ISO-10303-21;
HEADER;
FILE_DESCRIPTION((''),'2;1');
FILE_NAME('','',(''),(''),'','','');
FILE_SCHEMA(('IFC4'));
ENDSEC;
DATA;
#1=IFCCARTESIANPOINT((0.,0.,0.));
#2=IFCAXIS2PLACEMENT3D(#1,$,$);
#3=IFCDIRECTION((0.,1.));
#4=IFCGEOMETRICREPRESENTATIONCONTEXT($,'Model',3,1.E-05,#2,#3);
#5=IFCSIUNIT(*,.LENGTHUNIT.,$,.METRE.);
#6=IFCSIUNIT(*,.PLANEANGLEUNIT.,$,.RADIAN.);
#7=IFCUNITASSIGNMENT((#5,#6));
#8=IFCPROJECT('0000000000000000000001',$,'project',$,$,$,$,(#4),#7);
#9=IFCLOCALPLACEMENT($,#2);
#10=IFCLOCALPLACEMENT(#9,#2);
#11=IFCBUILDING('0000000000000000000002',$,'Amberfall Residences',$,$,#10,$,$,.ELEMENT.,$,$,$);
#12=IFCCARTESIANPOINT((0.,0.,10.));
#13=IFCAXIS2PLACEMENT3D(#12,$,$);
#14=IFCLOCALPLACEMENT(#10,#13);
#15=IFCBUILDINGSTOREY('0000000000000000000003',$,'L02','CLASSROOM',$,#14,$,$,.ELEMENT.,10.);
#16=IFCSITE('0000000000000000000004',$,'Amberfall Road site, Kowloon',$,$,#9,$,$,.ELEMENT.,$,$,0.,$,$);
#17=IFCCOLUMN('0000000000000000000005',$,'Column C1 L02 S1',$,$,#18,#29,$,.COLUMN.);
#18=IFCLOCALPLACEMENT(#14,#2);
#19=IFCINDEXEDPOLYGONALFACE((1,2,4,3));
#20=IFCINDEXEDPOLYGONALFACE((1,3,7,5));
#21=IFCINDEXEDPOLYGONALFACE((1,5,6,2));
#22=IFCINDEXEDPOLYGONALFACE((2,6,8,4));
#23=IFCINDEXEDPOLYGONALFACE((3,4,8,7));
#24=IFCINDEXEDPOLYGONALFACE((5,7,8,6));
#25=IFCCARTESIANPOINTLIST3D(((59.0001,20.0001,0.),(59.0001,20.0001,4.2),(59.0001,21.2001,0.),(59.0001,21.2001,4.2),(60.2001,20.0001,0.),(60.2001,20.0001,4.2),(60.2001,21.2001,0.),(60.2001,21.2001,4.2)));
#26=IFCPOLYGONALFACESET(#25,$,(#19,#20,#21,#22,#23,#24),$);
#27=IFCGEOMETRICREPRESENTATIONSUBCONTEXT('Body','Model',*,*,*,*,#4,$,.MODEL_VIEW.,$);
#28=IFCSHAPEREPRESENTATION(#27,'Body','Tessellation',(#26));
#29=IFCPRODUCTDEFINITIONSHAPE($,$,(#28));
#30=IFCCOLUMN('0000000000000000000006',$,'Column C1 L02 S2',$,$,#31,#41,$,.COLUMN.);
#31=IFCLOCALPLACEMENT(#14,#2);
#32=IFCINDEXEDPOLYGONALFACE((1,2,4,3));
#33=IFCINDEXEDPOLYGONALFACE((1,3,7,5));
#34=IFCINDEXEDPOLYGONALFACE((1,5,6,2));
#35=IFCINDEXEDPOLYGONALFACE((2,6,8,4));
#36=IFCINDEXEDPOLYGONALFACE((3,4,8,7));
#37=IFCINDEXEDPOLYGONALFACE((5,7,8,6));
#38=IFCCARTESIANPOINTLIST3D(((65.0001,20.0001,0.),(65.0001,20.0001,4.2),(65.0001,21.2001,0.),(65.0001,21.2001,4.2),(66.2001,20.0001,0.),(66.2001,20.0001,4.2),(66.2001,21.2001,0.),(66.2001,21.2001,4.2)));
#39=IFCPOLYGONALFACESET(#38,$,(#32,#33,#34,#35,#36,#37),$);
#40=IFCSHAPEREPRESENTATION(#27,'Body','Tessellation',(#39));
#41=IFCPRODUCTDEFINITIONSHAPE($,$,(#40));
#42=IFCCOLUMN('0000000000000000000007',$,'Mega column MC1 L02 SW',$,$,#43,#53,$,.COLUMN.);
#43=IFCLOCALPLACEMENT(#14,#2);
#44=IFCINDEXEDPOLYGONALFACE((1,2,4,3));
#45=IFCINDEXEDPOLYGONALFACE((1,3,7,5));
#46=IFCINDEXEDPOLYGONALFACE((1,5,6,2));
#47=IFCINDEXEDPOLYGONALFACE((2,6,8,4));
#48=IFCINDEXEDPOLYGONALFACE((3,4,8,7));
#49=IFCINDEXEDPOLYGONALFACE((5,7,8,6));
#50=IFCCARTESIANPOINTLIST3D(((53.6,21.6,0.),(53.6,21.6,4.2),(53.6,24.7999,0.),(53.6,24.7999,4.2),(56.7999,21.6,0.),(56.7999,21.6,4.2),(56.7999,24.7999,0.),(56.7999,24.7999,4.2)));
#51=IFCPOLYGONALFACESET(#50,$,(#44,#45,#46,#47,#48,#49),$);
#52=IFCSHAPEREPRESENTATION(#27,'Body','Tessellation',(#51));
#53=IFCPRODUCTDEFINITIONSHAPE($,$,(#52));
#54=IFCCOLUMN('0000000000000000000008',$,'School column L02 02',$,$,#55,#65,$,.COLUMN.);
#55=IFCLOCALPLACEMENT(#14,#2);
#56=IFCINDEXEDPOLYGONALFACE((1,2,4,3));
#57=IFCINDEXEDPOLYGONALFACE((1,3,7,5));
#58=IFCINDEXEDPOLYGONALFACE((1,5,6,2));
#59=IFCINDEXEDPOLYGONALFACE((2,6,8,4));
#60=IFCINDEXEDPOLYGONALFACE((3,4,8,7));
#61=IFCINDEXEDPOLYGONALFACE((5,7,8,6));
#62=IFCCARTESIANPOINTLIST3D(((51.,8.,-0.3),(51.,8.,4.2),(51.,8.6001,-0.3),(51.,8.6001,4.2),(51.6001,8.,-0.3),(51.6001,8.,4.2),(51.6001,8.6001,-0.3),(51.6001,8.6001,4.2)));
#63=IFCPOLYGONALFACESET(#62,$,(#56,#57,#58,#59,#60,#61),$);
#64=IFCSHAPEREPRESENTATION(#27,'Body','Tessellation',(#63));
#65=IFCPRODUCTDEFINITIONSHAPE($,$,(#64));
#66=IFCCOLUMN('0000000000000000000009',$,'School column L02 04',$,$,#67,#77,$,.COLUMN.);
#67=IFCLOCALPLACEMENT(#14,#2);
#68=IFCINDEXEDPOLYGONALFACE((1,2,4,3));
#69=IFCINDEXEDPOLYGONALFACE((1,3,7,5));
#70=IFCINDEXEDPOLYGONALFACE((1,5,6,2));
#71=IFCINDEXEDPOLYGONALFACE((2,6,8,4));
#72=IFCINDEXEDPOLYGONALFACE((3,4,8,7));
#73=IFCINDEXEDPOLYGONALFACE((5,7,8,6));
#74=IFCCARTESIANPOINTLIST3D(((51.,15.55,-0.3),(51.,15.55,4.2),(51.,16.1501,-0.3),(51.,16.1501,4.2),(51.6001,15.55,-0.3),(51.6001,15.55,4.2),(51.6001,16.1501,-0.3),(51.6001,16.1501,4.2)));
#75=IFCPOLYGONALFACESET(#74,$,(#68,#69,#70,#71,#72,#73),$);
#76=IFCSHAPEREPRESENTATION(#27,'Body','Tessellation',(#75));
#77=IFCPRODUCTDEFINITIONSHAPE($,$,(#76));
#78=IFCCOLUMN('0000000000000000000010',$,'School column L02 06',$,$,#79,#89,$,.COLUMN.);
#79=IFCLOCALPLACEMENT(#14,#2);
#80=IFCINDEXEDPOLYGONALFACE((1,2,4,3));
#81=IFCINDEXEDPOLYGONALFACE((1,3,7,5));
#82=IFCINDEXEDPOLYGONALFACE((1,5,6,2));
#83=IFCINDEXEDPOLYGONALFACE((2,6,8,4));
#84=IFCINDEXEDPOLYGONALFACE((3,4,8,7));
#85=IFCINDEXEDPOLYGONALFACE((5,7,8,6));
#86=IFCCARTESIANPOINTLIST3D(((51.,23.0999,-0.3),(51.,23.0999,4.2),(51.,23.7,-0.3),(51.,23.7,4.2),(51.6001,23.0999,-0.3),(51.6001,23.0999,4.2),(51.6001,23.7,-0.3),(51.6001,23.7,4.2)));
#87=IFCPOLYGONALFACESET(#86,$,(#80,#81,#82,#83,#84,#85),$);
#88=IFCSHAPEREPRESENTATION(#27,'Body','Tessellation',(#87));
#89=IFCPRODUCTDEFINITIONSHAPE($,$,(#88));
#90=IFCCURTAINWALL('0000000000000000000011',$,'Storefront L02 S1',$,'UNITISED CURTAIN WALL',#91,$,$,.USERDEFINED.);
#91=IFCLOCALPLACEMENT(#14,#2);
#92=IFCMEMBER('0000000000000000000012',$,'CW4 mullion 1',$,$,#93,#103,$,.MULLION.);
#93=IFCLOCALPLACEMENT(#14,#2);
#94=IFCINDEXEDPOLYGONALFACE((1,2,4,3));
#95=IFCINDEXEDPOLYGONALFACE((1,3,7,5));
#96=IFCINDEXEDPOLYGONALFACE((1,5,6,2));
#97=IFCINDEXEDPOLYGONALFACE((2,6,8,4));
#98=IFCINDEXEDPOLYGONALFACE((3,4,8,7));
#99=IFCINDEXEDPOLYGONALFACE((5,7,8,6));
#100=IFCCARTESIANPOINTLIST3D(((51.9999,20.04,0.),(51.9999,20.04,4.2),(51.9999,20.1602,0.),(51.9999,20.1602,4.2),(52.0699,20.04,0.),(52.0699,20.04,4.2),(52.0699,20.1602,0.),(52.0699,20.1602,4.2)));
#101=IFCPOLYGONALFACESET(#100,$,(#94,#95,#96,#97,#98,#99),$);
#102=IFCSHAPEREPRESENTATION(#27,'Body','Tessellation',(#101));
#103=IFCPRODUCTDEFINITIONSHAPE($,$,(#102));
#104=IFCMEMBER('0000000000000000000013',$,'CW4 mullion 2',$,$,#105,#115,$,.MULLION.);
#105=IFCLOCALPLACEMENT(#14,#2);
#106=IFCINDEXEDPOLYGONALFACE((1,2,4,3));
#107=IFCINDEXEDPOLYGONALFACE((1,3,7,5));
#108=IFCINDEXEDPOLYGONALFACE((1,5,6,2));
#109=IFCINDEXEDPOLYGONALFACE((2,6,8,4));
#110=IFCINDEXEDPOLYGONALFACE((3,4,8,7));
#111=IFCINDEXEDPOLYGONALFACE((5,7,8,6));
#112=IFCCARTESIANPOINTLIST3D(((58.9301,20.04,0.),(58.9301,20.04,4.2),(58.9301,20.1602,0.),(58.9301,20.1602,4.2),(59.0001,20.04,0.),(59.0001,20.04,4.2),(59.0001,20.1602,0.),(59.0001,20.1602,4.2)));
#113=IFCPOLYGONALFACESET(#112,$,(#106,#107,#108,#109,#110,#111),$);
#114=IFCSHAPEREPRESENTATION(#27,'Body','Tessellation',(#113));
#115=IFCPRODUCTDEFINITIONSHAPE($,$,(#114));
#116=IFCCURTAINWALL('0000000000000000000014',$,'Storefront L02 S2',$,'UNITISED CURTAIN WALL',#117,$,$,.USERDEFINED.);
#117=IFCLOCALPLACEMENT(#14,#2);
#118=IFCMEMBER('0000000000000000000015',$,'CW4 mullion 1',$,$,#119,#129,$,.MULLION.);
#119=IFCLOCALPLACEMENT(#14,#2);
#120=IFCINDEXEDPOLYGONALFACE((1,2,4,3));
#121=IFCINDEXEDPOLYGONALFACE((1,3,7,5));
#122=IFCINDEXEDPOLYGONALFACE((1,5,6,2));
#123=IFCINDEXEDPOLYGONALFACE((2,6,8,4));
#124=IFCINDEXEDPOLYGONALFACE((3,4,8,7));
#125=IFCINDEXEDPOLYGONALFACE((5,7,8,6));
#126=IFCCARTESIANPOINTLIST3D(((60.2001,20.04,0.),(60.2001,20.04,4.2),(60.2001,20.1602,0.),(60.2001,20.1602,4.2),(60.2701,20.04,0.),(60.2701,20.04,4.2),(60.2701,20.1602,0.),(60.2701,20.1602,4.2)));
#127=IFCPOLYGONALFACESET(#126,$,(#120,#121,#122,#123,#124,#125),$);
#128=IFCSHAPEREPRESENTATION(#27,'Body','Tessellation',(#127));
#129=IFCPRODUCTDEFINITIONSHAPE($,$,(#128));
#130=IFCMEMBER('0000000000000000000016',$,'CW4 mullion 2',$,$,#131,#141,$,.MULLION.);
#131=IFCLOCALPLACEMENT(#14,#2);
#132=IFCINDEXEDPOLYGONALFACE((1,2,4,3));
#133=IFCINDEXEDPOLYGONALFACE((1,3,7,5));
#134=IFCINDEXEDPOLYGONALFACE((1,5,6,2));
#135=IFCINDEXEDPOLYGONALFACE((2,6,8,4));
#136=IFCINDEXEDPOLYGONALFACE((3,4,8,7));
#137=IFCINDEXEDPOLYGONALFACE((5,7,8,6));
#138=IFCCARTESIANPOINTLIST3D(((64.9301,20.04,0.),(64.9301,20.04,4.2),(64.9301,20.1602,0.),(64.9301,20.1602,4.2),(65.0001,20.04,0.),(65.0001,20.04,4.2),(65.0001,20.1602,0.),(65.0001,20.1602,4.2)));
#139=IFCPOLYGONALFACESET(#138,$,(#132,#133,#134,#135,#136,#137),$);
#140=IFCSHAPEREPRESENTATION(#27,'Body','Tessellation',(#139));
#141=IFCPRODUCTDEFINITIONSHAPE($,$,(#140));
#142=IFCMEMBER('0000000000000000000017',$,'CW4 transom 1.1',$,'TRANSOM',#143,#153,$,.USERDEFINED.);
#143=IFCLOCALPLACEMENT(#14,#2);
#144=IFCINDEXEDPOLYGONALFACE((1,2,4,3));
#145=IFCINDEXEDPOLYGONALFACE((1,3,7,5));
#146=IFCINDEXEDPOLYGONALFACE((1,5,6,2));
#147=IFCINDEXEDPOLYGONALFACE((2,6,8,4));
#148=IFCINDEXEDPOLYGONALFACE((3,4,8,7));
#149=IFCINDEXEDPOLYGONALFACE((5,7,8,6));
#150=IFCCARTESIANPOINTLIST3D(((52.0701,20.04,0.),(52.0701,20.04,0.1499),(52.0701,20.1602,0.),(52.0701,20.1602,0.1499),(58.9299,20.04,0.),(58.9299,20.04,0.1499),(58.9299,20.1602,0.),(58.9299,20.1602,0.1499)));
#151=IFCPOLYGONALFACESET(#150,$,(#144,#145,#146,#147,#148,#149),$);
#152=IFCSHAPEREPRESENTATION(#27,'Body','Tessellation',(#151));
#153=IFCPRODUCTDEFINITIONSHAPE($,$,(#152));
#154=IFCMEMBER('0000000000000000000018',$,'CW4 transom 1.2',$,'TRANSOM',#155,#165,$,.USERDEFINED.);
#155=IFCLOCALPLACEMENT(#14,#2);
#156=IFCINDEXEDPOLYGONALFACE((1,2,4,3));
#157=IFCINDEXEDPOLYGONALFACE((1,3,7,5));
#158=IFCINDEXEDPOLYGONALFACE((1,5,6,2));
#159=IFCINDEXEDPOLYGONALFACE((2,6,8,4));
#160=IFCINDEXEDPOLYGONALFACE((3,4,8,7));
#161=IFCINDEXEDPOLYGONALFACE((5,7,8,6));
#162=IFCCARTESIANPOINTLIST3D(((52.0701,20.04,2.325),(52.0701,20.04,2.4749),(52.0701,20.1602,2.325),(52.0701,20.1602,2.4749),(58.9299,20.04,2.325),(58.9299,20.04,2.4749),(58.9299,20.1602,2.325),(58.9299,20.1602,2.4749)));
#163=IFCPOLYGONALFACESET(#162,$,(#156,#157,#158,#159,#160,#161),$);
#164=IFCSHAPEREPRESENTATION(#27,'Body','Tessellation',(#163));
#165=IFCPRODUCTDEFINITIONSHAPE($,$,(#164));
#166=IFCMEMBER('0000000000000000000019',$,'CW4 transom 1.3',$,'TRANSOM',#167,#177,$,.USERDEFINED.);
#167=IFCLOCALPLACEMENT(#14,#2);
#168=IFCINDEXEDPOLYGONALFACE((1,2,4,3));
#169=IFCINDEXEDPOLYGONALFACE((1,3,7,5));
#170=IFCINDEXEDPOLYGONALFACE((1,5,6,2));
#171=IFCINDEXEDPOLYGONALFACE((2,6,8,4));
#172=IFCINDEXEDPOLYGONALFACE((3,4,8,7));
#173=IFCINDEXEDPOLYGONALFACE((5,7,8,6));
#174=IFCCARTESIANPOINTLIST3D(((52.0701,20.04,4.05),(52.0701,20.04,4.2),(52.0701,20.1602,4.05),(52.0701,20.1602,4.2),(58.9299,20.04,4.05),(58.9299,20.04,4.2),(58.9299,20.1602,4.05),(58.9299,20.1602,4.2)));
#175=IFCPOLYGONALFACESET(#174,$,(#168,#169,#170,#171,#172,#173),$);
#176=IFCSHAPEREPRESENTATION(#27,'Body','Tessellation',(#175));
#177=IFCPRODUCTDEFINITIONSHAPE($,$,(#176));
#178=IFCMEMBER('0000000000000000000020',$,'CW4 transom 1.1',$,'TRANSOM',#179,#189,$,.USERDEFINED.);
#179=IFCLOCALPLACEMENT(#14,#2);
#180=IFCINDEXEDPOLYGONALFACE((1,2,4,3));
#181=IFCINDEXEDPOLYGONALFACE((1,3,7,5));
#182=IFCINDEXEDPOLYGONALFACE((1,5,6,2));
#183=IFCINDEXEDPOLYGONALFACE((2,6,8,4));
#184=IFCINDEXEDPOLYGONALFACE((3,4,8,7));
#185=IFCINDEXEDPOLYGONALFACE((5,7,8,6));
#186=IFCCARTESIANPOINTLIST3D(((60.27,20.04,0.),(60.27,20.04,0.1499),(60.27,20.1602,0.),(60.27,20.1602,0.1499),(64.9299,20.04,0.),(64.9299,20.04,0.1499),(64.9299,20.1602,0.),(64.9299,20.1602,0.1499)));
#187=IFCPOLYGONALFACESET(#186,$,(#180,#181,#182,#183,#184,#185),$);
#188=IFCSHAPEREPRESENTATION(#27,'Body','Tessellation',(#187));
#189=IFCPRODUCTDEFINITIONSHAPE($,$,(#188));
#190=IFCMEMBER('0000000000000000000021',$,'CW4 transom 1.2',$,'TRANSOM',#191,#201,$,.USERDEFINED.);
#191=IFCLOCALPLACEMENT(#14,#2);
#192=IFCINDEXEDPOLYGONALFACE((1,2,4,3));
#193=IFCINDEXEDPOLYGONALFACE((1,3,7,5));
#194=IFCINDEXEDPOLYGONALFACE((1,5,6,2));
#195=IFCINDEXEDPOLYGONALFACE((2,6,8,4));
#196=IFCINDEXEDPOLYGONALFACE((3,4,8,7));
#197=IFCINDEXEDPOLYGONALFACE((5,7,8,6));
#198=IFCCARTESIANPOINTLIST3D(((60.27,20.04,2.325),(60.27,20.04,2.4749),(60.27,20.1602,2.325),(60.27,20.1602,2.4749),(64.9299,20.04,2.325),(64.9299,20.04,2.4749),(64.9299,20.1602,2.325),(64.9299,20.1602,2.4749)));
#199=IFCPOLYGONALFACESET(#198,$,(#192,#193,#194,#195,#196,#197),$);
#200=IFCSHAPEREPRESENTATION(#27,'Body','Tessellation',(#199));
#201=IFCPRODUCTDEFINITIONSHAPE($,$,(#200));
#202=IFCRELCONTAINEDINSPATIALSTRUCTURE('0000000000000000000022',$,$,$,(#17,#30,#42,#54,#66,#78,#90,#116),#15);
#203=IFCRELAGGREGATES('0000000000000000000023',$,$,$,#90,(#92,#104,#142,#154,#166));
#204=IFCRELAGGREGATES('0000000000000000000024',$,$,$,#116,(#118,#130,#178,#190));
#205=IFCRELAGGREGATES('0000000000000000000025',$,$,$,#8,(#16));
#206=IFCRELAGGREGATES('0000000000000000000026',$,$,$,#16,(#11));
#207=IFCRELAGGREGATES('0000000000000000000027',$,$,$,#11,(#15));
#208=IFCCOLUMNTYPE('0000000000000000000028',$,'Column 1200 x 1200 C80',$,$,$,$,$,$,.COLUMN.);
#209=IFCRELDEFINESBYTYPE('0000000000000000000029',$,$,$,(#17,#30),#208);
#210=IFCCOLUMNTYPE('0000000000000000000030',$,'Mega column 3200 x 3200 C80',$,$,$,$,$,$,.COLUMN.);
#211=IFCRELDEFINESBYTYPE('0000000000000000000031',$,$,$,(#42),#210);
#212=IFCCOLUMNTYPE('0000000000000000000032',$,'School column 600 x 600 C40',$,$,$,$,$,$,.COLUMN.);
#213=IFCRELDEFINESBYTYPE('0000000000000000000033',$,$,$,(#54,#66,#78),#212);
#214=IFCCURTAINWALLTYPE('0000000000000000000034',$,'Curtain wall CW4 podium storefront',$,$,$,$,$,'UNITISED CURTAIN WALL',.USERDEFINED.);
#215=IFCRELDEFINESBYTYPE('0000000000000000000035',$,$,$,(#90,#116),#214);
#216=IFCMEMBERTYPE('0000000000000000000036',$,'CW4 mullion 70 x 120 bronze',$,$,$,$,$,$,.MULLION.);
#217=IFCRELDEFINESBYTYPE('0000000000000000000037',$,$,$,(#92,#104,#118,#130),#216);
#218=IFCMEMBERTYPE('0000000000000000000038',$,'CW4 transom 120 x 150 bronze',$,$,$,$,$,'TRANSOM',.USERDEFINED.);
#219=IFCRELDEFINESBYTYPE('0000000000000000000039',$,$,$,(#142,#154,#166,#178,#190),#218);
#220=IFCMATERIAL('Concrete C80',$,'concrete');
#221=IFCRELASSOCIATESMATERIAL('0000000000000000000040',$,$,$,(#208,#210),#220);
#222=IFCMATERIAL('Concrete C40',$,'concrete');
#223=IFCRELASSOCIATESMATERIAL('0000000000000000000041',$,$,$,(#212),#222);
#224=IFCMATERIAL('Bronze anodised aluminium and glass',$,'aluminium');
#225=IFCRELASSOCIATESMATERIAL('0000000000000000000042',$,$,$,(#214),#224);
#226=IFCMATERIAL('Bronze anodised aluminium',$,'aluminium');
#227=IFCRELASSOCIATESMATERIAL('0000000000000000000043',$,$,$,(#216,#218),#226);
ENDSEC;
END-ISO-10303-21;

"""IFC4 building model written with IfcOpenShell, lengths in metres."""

from ifc_helpers import new_model, si_unit, direction, frame, origin, origin_2d, place, context, subcontext, project, spatial, rectangle, extrude, material, material_profile, profile_set, type_object, element, aggregate, save


model = new_model("IFC4")

# Units and contexts
model_context = context("Model", 3, precision=1e-05, world=origin(), true_north=direction((0.0, 1.0)))
body_context = subcontext(model_context, "Body", "Model", "MODEL_VIEW")
ifc_project = project(units=[si_unit("LENGTHUNIT", "METRE"), si_unit("PLANEANGLEUNIT", "RADIAN")], contexts=[model_context])

# Site, building, storey
site_placement = place(None, origin())
site = spatial("IfcSite", under=ifc_project, at=site_placement, Name="Amberfall Road site, Kowloon", CompositionType="ELEMENT", RefElevation=0.0)
building_placement = place(site_placement, origin())
building = spatial("IfcBuilding", under=site, at=building_placement, Name="Amberfall Residences", CompositionType="ELEMENT")
storey_placement = place(building_placement, frame((0.0, 0.0, 10.0)))
storey = spatial("IfcBuildingStorey", under=building, at=storey_placement, Name="L02", Description="CLASSROOM", CompositionType="ELEMENT", Elevation=10.0)

# Columns
ifc_material_1 = material(Name="Concrete C80", Category="concrete")
ifc_material_profile_1 = material_profile(ifc_material_1, rectangle(XDim=1.2, YDim=1.2, at=origin_2d()), Name="Column 1200 x 1200 C80")
ifc_profile_set_1 = profile_set([ifc_material_profile_1], Name="Concrete C80")
column_type_1 = type_object("IfcColumnType", Name="Column 1200 x 1200 C80", PredefinedType="COLUMN", material=ifc_profile_set_1)
for number, where, z_axis, x_axis, name in (
    (1, (59.6001, 20.6001, 0.0), (0.0, 0.0, 1.0), (1.0, 0.0, 0.0), "Column C1 L02 S1"),
    (2, (65.6001, 20.6001, 0.0), (0.0, 0.0, 1.0), (1.0, 0.0, 0.0), "Column C1 L02 S2"),
):
    element("IfcColumn", number, at=place(storey_placement, frame(where, z_axis=z_axis, x_axis=x_axis)), inside=storey, type_object=column_type_1, Name=name, PredefinedType="COLUMN", context=body_context, shape_type="SweptSolid", body=[
        extrude(rectangle(XDim=1.2, YDim=1.2, at=origin_2d()), origin(), (0.0, 0.0, 1.0), 4.2),
    ])
ifc_material_profile_2 = material_profile(ifc_material_1, rectangle(XDim=3.2, YDim=3.2, at=origin_2d()), Name="Mega column 3200 x 3200 C80")
ifc_profile_set_2 = profile_set([ifc_material_profile_2], Name="Concrete C80")
column_type_2 = type_object("IfcColumnType", Name="Mega column 3200 x 3200 C80", PredefinedType="COLUMN", material=ifc_profile_set_2)
column_placement = place(storey_placement, frame((55.2, 23.2, 0.0), z_axis=(0.0, 0.0, 1.0), x_axis=(1.0, 0.0, 0.0)))
element("IfcColumn", 3, at=column_placement, inside=storey, type_object=column_type_2, Name="Mega column MC1 L02 SW", PredefinedType="COLUMN", context=body_context, shape_type="SweptSolid", body=[
    extrude(rectangle(XDim=3.2, YDim=3.2, at=origin_2d()), origin(), (0.0, 0.0, 1.0), 4.2),
])
ifc_material_2 = material(Name="Concrete C40", Category="concrete")
ifc_material_profile_3 = material_profile(ifc_material_2, rectangle(XDim=0.6001, YDim=0.6001, at=origin_2d()), Name="School column 600 x 600 C40")
ifc_profile_set_3 = profile_set([ifc_material_profile_3], Name="Concrete C40")
column_type_3 = type_object("IfcColumnType", Name="School column 600 x 600 C40", PredefinedType="COLUMN", material=ifc_profile_set_3)
for number, where, z_axis, x_axis, name in (
    (4, (51.3, 8.3, -0.3), (0.0, 0.0, 1.0), (1.0, 0.0, 0.0), "School column L02 02"),
    (5, (51.3, 15.8501, -0.3), (0.0, 0.0, 1.0), (1.0, 0.0, 0.0), "School column L02 04"),
    (6, (51.3, 23.3999, -0.3), (0.0, 0.0, 1.0), (1.0, 0.0, 0.0), "School column L02 06"),
):
    element("IfcColumn", number, at=place(storey_placement, frame(where, z_axis=z_axis, x_axis=x_axis)), inside=storey, type_object=column_type_3, Name=name, PredefinedType="COLUMN", context=body_context, shape_type="SweptSolid", body=[
        extrude(rectangle(XDim=0.6001, YDim=0.6001, at=origin_2d()), origin(), (0.0, 0.0, 1.0), 4.5),
    ])

# Curtain walls, members
ifc_material_3 = material(Name="Bronze anodised aluminium and glass", Category="aluminium")
curtain_wall_type = type_object("IfcCurtainWallType", Name="Curtain wall CW4 podium storefront", ElementType="UNITISED CURTAIN WALL", PredefinedType="USERDEFINED", material=ifc_material_3)
curtain_wall_1_placement = place(storey_placement, origin())
curtain_wall_1 = element("IfcCurtainWall", 7, at=curtain_wall_1_placement, inside=storey, type_object=curtain_wall_type, Name="Storefront L02 S1", ObjectType="UNITISED CURTAIN WALL", PredefinedType="USERDEFINED")
ifc_material_4 = material(Name="Bronze anodised aluminium", Category="aluminium")
ifc_material_profile_4 = material_profile(ifc_material_4, rectangle(XDim=0.1201, YDim=0.0701, at=origin_2d()), Name="CW4 mullion 70 x 120 bronze")
ifc_profile_set_4 = profile_set([ifc_material_profile_4], Name="Bronze anodised aluminium")
member_type_1 = type_object("IfcMemberType", Name="CW4 mullion 70 x 120 bronze", PredefinedType="MULLION", material=ifc_profile_set_4)
member_1_placement = place(storey_placement, frame((52.0349, 20.1001, 0.0), z_axis=(0.0, 0.0, 1.0), x_axis=(0.0, 1.0, 0.0)))
member_1 = element("IfcMember", 8, at=member_1_placement, type_object=member_type_1, Name="CW4 mullion 1", PredefinedType="MULLION", context=body_context, shape_type="SweptSolid", body=[
    extrude(rectangle(XDim=0.1201, YDim=0.0701, at=origin_2d()), origin(), (0.0, 0.0, 1.0), 4.2),
])
member_2_placement = place(storey_placement, frame((58.9651, 20.1001, 0.0), z_axis=(0.0, 0.0, 1.0), x_axis=(0.0, 1.0, 0.0)))
member_2 = element("IfcMember", 9, at=member_2_placement, type_object=member_type_1, Name="CW4 mullion 2", PredefinedType="MULLION", context=body_context, shape_type="SweptSolid", body=[
    extrude(rectangle(XDim=0.1201, YDim=0.0701, at=origin_2d()), origin(), (0.0, 0.0, 1.0), 4.2),
])
curtain_wall_2_placement = place(storey_placement, origin())
curtain_wall_2 = element("IfcCurtainWall", 10, at=curtain_wall_2_placement, inside=storey, type_object=curtain_wall_type, Name="Storefront L02 S2", ObjectType="UNITISED CURTAIN WALL", PredefinedType="USERDEFINED")
member_3_placement = place(storey_placement, frame((60.2351, 20.1001, 0.0), z_axis=(0.0, 0.0, 1.0), x_axis=(0.0, 1.0, 0.0)))
member_3 = element("IfcMember", 11, at=member_3_placement, type_object=member_type_1, Name="CW4 mullion 1", PredefinedType="MULLION", context=body_context, shape_type="SweptSolid", body=[
    extrude(rectangle(XDim=0.1201, YDim=0.0701, at=origin_2d()), origin(), (0.0, 0.0, 1.0), 4.2),
])
member_4_placement = place(storey_placement, frame((64.9651, 20.1001, 0.0), z_axis=(0.0, 0.0, 1.0), x_axis=(0.0, 1.0, 0.0)))
member_4 = element("IfcMember", 12, at=member_4_placement, type_object=member_type_1, Name="CW4 mullion 2", PredefinedType="MULLION", context=body_context, shape_type="SweptSolid", body=[
    extrude(rectangle(XDim=0.1201, YDim=0.0701, at=origin_2d()), origin(), (0.0, 0.0, 1.0), 4.2),
])

# Members
ifc_material_profile_5 = material_profile(ifc_material_4, rectangle(XDim=0.1201, YDim=0.1499, at=origin_2d()), Name="CW4 transom 120 x 150 bronze")
ifc_profile_set_5 = profile_set([ifc_material_profile_5], Name="Bronze anodised aluminium")
member_type_2 = type_object("IfcMemberType", Name="CW4 transom 120 x 150 bronze", ElementType="TRANSOM", PredefinedType="USERDEFINED", material=ifc_profile_set_5)
member_5_placement = place(storey_placement, frame((52.0701, 20.1001, 0.075), z_axis=(1.0, 0.0, 0.0), x_axis=(0.0, 1.0, 0.0)))
member_5 = element("IfcMember", 13, at=member_5_placement, type_object=member_type_2, Name="CW4 transom 1.1", ObjectType="TRANSOM", PredefinedType="USERDEFINED", context=body_context, shape_type="SweptSolid", body=[
    extrude(rectangle(XDim=0.1201, YDim=0.1499, at=origin_2d()), origin(), (0.0, 0.0, 1.0), 6.8599),
])
member_6_placement = place(storey_placement, frame((52.0701, 20.1001, 2.3999), z_axis=(1.0, 0.0, 0.0), x_axis=(0.0, 1.0, 0.0)))
member_6 = element("IfcMember", 14, at=member_6_placement, type_object=member_type_2, Name="CW4 transom 1.2", ObjectType="TRANSOM", PredefinedType="USERDEFINED", context=body_context, shape_type="SweptSolid", body=[
    extrude(rectangle(XDim=0.1201, YDim=0.1499, at=origin_2d()), origin(), (0.0, 0.0, 1.0), 6.8599),
])
member_7_placement = place(storey_placement, frame((52.0701, 20.1001, 4.125), z_axis=(1.0, 0.0, 0.0), x_axis=(0.0, 1.0, 0.0)))
member_7 = element("IfcMember", 15, at=member_7_placement, type_object=member_type_2, Name="CW4 transom 1.3", ObjectType="TRANSOM", PredefinedType="USERDEFINED", context=body_context, shape_type="SweptSolid", body=[
    extrude(rectangle(XDim=0.1201, YDim=0.1499, at=origin_2d()), origin(), (0.0, 0.0, 1.0), 6.8599),
])
member_8_placement = place(storey_placement, frame((60.27, 20.1001, 0.075), z_axis=(1.0, 0.0, 0.0), x_axis=(0.0, 1.0, 0.0)))
member_8 = element("IfcMember", 16, at=member_8_placement, type_object=member_type_2, Name="CW4 transom 1.1", ObjectType="TRANSOM", PredefinedType="USERDEFINED", context=body_context, shape_type="SweptSolid", body=[
    extrude(rectangle(XDim=0.1201, YDim=0.1499, at=origin_2d()), origin(), (0.0, 0.0, 1.0), 4.6599),
])
member_9_placement = place(storey_placement, frame((60.27, 20.1001, 2.3999), z_axis=(1.0, 0.0, 0.0), x_axis=(0.0, 1.0, 0.0)))
member_9 = element("IfcMember", 17, at=member_9_placement, type_object=member_type_2, Name="CW4 transom 1.2", ObjectType="TRANSOM", PredefinedType="USERDEFINED", context=body_context, shape_type="SweptSolid", body=[
    extrude(rectangle(XDim=0.1201, YDim=0.1499, at=origin_2d()), origin(), (0.0, 0.0, 1.0), 4.6599),
])

aggregate(curtain_wall_1, [member_1, member_2, member_5, member_6, member_7])
aggregate(curtain_wall_2, [member_3, member_4, member_8, member_9])

save(model, "model.ifc")
